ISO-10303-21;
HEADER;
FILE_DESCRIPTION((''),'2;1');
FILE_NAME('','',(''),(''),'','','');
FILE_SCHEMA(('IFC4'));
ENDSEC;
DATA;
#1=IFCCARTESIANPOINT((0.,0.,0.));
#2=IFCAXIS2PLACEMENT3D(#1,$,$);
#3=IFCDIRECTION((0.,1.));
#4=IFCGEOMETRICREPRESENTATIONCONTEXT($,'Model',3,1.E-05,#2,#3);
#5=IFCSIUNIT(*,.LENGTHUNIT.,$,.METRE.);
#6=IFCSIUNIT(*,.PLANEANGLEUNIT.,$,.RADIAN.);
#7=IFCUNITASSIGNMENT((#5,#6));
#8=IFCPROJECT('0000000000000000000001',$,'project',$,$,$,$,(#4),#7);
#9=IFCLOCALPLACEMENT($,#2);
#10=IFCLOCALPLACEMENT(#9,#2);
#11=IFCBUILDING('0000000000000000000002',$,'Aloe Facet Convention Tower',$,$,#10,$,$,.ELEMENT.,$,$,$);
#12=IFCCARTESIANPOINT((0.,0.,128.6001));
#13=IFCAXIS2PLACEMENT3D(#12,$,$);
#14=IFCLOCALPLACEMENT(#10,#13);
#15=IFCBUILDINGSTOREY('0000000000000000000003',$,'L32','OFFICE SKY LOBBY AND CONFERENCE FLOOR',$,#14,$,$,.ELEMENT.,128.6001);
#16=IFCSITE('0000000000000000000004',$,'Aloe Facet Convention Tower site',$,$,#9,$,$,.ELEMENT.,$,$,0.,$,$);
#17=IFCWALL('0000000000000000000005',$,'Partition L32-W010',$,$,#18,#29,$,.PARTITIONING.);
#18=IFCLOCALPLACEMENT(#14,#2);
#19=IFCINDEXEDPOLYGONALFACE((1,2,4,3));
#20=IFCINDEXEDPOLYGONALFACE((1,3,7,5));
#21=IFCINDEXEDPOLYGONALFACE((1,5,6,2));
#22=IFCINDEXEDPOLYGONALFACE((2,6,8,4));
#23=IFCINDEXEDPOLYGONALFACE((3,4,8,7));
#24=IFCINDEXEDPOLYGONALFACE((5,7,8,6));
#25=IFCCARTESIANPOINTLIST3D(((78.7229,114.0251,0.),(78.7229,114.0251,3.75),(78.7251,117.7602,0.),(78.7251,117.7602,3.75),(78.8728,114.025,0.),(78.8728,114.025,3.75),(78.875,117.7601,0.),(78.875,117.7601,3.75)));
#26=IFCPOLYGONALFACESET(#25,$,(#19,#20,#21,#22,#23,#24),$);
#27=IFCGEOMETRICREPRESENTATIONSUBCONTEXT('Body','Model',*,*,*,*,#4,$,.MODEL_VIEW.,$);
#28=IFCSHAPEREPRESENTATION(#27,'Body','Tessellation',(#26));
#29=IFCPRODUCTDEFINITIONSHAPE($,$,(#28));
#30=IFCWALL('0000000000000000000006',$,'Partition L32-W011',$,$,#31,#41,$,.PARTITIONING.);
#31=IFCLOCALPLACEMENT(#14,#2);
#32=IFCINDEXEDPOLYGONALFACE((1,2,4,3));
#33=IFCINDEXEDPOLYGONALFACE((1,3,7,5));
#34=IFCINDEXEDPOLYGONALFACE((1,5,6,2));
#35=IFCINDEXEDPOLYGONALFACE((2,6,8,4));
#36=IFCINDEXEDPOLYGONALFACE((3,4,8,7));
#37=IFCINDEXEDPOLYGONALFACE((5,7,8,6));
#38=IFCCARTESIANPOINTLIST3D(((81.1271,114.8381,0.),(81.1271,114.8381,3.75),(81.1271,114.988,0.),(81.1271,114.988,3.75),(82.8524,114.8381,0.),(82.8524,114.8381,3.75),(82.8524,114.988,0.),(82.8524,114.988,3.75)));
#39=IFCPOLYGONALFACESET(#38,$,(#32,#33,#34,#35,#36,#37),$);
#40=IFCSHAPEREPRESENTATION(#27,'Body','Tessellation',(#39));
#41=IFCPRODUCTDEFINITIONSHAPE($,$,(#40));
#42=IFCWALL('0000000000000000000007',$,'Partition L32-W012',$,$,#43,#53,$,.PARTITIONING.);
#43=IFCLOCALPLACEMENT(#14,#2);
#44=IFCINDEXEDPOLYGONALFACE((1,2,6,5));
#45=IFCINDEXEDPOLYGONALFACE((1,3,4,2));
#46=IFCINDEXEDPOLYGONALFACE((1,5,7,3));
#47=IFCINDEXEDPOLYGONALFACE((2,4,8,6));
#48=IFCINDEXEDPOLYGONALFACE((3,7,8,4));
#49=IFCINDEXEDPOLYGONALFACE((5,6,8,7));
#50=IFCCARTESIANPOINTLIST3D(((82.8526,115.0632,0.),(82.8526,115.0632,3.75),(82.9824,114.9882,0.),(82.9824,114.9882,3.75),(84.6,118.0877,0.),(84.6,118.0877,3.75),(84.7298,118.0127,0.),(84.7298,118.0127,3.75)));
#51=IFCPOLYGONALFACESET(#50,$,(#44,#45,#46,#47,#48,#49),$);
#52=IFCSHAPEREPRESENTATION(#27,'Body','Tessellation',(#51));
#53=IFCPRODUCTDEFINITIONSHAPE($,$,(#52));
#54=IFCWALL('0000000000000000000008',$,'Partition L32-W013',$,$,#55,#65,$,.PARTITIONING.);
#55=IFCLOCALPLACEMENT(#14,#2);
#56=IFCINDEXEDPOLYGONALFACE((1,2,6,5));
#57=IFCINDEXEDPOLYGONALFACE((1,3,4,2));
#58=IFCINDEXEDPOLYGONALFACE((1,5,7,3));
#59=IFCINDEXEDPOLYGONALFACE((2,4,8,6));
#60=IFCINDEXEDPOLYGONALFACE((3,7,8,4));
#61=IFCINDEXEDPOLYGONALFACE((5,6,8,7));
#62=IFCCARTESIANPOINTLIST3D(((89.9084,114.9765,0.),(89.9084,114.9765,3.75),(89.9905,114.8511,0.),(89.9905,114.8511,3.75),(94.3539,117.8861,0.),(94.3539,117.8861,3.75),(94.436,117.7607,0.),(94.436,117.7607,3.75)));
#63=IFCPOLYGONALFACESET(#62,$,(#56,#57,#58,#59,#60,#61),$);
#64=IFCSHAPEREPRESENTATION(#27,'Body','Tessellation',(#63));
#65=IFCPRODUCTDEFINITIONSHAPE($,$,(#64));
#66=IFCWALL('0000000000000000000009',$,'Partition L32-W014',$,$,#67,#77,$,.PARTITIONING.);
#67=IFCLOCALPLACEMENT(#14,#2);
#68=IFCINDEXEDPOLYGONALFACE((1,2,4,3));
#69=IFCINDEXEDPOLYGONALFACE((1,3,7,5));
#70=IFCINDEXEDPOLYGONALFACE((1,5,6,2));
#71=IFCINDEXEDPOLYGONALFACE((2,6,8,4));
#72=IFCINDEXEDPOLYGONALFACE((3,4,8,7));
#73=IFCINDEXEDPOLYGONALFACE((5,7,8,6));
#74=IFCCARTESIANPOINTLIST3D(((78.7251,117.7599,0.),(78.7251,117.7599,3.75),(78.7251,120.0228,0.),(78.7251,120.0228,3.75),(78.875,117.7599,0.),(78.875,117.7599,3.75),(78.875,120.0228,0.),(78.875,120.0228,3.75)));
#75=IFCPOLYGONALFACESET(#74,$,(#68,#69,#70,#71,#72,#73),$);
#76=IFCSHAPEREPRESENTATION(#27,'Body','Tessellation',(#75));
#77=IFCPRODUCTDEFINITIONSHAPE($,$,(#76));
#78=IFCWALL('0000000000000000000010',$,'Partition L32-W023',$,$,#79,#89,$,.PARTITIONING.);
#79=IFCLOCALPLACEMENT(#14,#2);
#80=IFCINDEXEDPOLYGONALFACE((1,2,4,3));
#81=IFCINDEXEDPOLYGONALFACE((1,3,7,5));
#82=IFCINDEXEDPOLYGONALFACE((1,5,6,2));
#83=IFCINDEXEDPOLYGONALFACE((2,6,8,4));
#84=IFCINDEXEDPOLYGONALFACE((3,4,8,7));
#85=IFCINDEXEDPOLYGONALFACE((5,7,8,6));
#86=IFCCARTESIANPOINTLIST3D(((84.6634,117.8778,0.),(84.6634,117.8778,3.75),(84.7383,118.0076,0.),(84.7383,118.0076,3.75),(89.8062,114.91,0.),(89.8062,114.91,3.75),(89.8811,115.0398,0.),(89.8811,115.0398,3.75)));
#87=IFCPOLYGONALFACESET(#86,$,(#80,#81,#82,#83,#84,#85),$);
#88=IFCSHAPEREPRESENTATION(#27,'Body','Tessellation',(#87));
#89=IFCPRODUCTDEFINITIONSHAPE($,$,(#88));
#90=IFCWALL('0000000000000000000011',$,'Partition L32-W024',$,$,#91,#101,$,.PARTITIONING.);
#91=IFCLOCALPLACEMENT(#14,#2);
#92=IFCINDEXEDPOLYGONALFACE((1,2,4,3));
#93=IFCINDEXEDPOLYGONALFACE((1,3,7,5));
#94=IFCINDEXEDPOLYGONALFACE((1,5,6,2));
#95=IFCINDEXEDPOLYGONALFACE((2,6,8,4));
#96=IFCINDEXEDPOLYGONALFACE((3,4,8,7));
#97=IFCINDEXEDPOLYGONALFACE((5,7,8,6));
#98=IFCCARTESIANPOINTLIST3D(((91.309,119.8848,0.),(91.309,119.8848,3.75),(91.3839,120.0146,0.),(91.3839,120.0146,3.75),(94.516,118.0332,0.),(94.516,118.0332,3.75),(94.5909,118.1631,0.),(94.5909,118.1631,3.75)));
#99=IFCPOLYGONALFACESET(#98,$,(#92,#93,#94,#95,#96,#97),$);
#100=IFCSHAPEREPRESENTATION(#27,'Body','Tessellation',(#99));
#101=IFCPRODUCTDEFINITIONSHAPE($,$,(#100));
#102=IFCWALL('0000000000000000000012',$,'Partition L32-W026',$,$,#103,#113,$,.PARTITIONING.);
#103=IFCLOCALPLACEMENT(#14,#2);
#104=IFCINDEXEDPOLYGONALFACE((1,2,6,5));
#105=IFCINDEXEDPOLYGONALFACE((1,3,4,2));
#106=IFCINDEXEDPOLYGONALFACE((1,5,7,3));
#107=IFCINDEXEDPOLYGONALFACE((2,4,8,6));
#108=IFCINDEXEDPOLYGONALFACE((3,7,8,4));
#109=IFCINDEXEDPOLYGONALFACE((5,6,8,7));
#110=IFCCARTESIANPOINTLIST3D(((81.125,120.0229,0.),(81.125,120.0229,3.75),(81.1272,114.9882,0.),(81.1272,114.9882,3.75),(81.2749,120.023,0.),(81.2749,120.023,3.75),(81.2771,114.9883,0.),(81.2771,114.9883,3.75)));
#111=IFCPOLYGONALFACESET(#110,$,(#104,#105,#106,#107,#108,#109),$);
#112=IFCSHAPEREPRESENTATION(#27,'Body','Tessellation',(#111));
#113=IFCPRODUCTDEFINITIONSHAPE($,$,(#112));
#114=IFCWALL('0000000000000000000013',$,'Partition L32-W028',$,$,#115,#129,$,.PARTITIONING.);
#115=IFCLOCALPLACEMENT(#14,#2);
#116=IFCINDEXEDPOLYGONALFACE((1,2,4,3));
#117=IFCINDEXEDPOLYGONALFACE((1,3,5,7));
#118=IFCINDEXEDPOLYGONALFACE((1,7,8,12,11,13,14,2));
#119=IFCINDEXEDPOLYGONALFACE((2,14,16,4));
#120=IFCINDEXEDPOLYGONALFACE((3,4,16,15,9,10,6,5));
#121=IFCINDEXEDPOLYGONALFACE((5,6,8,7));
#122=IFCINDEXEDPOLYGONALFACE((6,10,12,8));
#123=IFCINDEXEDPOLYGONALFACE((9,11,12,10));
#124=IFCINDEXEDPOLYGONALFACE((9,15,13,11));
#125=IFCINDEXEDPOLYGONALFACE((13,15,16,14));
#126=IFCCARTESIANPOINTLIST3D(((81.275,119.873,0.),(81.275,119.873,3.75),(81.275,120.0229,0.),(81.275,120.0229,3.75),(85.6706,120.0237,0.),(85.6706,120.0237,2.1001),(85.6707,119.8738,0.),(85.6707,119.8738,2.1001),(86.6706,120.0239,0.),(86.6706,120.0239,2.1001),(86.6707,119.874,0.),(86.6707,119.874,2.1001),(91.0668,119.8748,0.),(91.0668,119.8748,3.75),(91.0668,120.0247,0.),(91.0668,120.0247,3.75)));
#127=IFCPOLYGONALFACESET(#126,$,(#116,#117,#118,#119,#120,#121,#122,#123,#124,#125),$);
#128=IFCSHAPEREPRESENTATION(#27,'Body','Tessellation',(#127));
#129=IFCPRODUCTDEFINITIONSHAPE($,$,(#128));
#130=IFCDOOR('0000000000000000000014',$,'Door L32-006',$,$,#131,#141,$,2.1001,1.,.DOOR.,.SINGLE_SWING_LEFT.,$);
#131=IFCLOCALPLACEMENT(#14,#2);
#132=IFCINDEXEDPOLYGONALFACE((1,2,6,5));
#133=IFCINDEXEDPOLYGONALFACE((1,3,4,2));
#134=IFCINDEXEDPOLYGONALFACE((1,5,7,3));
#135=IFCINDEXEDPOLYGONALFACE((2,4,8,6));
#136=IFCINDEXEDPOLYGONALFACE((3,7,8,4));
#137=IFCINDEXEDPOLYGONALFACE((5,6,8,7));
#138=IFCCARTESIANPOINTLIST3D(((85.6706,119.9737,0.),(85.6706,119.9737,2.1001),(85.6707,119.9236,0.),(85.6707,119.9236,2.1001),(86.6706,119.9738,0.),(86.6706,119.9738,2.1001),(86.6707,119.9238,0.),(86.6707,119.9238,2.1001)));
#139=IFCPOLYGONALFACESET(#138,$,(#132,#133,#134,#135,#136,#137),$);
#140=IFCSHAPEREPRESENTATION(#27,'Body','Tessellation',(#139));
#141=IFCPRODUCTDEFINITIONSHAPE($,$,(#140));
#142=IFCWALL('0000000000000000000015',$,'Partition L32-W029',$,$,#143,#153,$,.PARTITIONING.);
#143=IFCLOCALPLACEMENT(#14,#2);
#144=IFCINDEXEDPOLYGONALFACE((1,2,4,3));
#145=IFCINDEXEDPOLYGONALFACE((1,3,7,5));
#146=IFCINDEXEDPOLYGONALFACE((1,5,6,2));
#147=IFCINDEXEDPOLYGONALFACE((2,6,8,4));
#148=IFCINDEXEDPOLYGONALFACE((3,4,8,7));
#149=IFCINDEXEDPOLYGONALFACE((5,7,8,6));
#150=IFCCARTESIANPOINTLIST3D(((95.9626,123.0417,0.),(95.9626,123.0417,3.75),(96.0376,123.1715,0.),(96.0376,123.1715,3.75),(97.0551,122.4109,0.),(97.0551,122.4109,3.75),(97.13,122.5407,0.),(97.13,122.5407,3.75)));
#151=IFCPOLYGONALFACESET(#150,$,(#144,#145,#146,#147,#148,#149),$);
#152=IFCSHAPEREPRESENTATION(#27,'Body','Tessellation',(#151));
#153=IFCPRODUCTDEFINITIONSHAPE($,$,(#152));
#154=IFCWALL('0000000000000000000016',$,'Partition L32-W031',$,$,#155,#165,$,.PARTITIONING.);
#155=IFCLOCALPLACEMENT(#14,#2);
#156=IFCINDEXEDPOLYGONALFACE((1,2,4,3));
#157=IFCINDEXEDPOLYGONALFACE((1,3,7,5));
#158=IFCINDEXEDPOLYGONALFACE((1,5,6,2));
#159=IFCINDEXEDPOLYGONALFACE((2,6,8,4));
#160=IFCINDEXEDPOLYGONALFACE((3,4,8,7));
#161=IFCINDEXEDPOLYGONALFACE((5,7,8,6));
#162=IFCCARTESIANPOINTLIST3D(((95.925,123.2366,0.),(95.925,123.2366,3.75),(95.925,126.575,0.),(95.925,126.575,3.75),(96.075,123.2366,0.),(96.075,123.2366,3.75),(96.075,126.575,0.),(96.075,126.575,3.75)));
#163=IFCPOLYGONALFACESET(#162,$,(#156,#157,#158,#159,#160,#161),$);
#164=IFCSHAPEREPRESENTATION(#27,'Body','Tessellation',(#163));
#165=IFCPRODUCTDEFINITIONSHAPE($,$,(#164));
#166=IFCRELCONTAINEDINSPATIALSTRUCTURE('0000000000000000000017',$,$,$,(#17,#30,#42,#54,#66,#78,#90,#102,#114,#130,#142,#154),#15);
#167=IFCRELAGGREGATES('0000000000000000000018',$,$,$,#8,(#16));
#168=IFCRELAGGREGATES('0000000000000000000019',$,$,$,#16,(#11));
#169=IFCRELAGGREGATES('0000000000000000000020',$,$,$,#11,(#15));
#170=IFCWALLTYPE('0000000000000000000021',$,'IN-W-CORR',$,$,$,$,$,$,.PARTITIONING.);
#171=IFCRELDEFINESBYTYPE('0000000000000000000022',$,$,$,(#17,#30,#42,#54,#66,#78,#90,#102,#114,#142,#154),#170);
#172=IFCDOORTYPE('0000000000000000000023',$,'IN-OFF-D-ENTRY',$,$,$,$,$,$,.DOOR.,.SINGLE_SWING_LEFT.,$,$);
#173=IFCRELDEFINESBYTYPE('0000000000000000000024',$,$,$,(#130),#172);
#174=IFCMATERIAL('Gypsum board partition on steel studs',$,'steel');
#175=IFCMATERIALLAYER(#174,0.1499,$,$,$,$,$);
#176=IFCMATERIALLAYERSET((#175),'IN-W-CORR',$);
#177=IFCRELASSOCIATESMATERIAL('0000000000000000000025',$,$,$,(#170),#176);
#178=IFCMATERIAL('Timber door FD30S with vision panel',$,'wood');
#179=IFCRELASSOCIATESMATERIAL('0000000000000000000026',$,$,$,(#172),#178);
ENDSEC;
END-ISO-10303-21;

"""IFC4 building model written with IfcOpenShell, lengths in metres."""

from ifc_helpers import new_model, si_unit, direction, frame, frame_2d, origin, place, context, subcontext, project, spatial, rectangle, extrude, material, layer, layer_set, type_object, element, fill, save


model = new_model("IFC4")

# Units and contexts
model_context = context("Model", 3, precision=1e-05, world=origin(), true_north=direction((0.0, 1.0)))
body_context = subcontext(model_context, "Body", "Model", "MODEL_VIEW")
ifc_project = project(units=[si_unit("LENGTHUNIT", "METRE"), si_unit("PLANEANGLEUNIT", "RADIAN")], contexts=[model_context])

# Site, building, storey
site_placement = place(None, origin())
site = spatial("IfcSite", under=ifc_project, at=site_placement, Name="Aloe Facet Convention Tower site", CompositionType="ELEMENT", RefElevation=0.0)
building_placement = place(site_placement, origin())
building = spatial("IfcBuilding", under=site, at=building_placement, Name="Aloe Facet Convention Tower", CompositionType="ELEMENT")
storey_placement = place(building_placement, frame((0.0, 0.0, 128.6001)))
storey = spatial("IfcBuildingStorey", under=building, at=storey_placement, Name="L32", Description="OFFICE SKY LOBBY AND CONFERENCE FLOOR", CompositionType="ELEMENT", Elevation=128.6001)

# Walls
ifc_material_1 = material(Name="Gypsum board partition on steel studs", Category="steel")
ifc_layer_1 = layer(ifc_material_1, 0.1499)
ifc_layer_set_1 = layer_set([ifc_layer_1], Name="IN-W-CORR")
wall_type_1 = type_object("IfcWallType", Name="IN-W-CORR", PredefinedType="PARTITIONING", material=ifc_layer_set_1)
wall_1_placement = place(storey_placement, frame((78.7979, 114.0249, 0.0), z_axis=(0.0, 0.0, 1.0), x_axis=(0.000588, 1.0, 0.0)))
element("IfcWall", 1, at=wall_1_placement, inside=storey, type_object=wall_type_1, Name="Partition L32-W010", PredefinedType="PARTITIONING", context=body_context, shape_type="SweptSolid", body=[
    extrude(rectangle(XDim=3.7351, YDim=0.1499, at=frame_2d((1.8677, 0.0))), origin(), (0.0, 0.0, 1.0), 3.75),
])
wall_2_placement = place(storey_placement, frame((81.127, 114.9131, 0.0), z_axis=(0.0, 0.0, 1.0), x_axis=(1.0, 0.0, 0.0)))
element("IfcWall", 2, at=wall_2_placement, inside=storey, type_object=wall_type_1, Name="Partition L32-W011", PredefinedType="PARTITIONING", context=body_context, shape_type="SweptSolid", body=[
    extrude(rectangle(XDim=1.7253, YDim=0.1499, at=frame_2d((0.8628, 0.0))), origin(), (0.0, 0.0, 1.0), 3.75),
])
wall_3_placement = place(storey_placement, frame((82.9175, 115.0256, 0.0), z_axis=(0.0, 0.0, 1.0), x_axis=(0.500251, 0.865881, 0.0)))
element("IfcWall", 3, at=wall_3_placement, inside=storey, type_object=wall_type_1, Name="Partition L32-W012", PredefinedType="PARTITIONING", context=body_context, shape_type="SweptSolid", body=[
    extrude(rectangle(XDim=3.4929, YDim=0.1499, at=frame_2d((1.7466, 0.0))), origin(), (0.0, 0.0, 1.0), 3.75),
])
wall_4_placement = place(storey_placement, frame((89.9495, 114.9138, 0.0), z_axis=(0.0, 0.0, 1.0), x_axis=(0.836715, 0.547639, 0.0)))
element("IfcWall", 4, at=wall_4_placement, inside=storey, type_object=wall_type_1, Name="Partition L32-W013", PredefinedType="PARTITIONING", context=body_context, shape_type="SweptSolid", body=[
    extrude(rectangle(XDim=5.313, YDim=0.1499, at=frame_2d((2.6565, 0.0))), origin(), (0.0, 0.0, 1.0), 3.75),
])
wall_5_placement = place(storey_placement, frame((78.8, 117.76, 0.0), z_axis=(0.0, 0.0, 1.0), x_axis=(0.0, 1.0, 0.0)))
element("IfcWall", 5, at=wall_5_placement, inside=storey, type_object=wall_type_1, Name="Partition L32-W014", PredefinedType="PARTITIONING", context=body_context, shape_type="SweptSolid", body=[
    extrude(rectangle(XDim=2.2629, YDim=0.1499, at=frame_2d((1.1313, 0.0))), origin(), (0.0, 0.0, 1.0), 3.75),
])
wall_6_placement = place(storey_placement, frame((84.7009, 117.9426, 0.0), z_axis=(0.0, 0.0, 1.0), x_axis=(0.86613, -0.499819, 0.0)))
element("IfcWall", 6, at=wall_6_placement, inside=storey, type_object=wall_type_1, Name="Partition L32-W023", PredefinedType="PARTITIONING", context=body_context, shape_type="SweptSolid", body=[
    extrude(rectangle(XDim=5.9377, YDim=0.1499, at=frame_2d((2.9688, 0.0))), origin(), (0.0, 0.0, 1.0), 3.75),
])
wall_7_placement = place(storey_placement, frame((91.3464, 119.9497, 0.0), z_axis=(0.0, 0.0, 1.0), x_axis=(0.866027, -0.499996, 0.0)))
element("IfcWall", 7, at=wall_7_placement, inside=storey, type_object=wall_type_1, Name="Partition L32-W024", PredefinedType="PARTITIONING", context=body_context, shape_type="SweptSolid", body=[
    extrude(rectangle(XDim=3.7031, YDim=0.1499, at=frame_2d((1.8516, 0.0))), origin(), (0.0, 0.0, 1.0), 3.75),
])
wall_8_placement = place(storey_placement, frame((81.2021, 114.9883, 0.0), z_axis=(0.0, 0.0, 1.0), x_axis=(-0.000436, 1.0, 0.0)))
element("IfcWall", 8, at=wall_8_placement, inside=storey, type_object=wall_type_1, Name="Partition L32-W026", PredefinedType="PARTITIONING", context=body_context, shape_type="SweptSolid", body=[
    extrude(rectangle(XDim=5.0347, YDim=0.1499, at=frame_2d((2.5173, 0.0))), origin(), (0.0, 0.0, 1.0), 3.75),
])

# Wall, opening, door
wall_9_placement = place(storey_placement, frame((81.2749, 119.948, 0.0), z_axis=(0.0, 0.0, 1.0), x_axis=(1.0, 0.000175, 0.0)))
wall_9 = element("IfcWall", 9, at=wall_9_placement, inside=storey, type_object=wall_type_1, Name="Partition L32-W028", PredefinedType="PARTITIONING", context=body_context, shape_type="SweptSolid", body=[
    extrude(rectangle(XDim=9.7917, YDim=0.1499, at=frame_2d((4.896, 0.0))), origin(), (0.0, 0.0, 1.0), 3.75),
])
opening_placement = place(wall_9_placement, frame((4.3958, 0.0, 0.0)))
opening = element("IfcOpeningElement", 10, at=opening_placement, cuts=wall_9, PredefinedType="OPENING", context=body_context, shape_type="SweptSolid", body=[
    extrude(rectangle(XDim=1.0, YDim=2.1001, at=frame_2d((0.5, 1.05))), frame((0.0, 0.085, 0.0), z_axis=(0.0, -1.0, 0.0), x_axis=(1.0, 0.0, 0.0)), (0.0, 0.0, 1.0), 0.1699),
])
ifc_material_2 = material(Name="Timber door FD30S with vision panel", Category="wood")
door_type = type_object("IfcDoorType", Name="IN-OFF-D-ENTRY", OperationType="SINGLE_SWING_LEFT", PredefinedType="DOOR", material=ifc_material_2)
door_placement = place(opening_placement, origin())
door = element("IfcDoor", 11, at=door_placement, inside=storey, type_object=door_type, Name="Door L32-006", OperationType="SINGLE_SWING_LEFT", OverallHeight=2.1001, OverallWidth=1.0, PredefinedType="DOOR", context=body_context, shape_type="SweptSolid", body=[
    extrude(rectangle(XDim=1.0, YDim=2.1001, at=frame_2d((0.5, 1.05))), frame((0.0, 0.0249, 0.0), z_axis=(0.0, -1.0, 0.0), x_axis=(1.0, 0.0, 0.0)), (0.0, 0.0, 1.0), 0.05),
])
fill(opening, door)

# Walls
wall_10_placement = place(storey_placement, frame((96.0, 123.1067, 0.0), z_axis=(0.0, 0.0, 1.0), x_axis=(0.865995, -0.500052, 0.0)))
element("IfcWall", 12, at=wall_10_placement, inside=storey, type_object=wall_type_1, Name="Partition L32-W029", PredefinedType="PARTITIONING", context=body_context, shape_type="SweptSolid", body=[
    extrude(rectangle(XDim=1.2615, YDim=0.1499, at=frame_2d((0.6309, 0.0))), origin(), (0.0, 0.0, 1.0), 3.75),
])
wall_11_placement = place(storey_placement, frame((96.0, 123.2366, 0.0), z_axis=(0.0, 0.0, 1.0), x_axis=(0.0, 1.0, 0.0)))
element("IfcWall", 13, at=wall_11_placement, inside=storey, type_object=wall_type_1, Name="Partition L32-W031", PredefinedType="PARTITIONING", context=body_context, shape_type="SweptSolid", body=[
    extrude(rectangle(XDim=3.3384, YDim=0.1499, at=frame_2d((1.6692, 0.0))), origin(), (0.0, 0.0, 1.0), 3.75),
])

save(model, "model.ifc")
